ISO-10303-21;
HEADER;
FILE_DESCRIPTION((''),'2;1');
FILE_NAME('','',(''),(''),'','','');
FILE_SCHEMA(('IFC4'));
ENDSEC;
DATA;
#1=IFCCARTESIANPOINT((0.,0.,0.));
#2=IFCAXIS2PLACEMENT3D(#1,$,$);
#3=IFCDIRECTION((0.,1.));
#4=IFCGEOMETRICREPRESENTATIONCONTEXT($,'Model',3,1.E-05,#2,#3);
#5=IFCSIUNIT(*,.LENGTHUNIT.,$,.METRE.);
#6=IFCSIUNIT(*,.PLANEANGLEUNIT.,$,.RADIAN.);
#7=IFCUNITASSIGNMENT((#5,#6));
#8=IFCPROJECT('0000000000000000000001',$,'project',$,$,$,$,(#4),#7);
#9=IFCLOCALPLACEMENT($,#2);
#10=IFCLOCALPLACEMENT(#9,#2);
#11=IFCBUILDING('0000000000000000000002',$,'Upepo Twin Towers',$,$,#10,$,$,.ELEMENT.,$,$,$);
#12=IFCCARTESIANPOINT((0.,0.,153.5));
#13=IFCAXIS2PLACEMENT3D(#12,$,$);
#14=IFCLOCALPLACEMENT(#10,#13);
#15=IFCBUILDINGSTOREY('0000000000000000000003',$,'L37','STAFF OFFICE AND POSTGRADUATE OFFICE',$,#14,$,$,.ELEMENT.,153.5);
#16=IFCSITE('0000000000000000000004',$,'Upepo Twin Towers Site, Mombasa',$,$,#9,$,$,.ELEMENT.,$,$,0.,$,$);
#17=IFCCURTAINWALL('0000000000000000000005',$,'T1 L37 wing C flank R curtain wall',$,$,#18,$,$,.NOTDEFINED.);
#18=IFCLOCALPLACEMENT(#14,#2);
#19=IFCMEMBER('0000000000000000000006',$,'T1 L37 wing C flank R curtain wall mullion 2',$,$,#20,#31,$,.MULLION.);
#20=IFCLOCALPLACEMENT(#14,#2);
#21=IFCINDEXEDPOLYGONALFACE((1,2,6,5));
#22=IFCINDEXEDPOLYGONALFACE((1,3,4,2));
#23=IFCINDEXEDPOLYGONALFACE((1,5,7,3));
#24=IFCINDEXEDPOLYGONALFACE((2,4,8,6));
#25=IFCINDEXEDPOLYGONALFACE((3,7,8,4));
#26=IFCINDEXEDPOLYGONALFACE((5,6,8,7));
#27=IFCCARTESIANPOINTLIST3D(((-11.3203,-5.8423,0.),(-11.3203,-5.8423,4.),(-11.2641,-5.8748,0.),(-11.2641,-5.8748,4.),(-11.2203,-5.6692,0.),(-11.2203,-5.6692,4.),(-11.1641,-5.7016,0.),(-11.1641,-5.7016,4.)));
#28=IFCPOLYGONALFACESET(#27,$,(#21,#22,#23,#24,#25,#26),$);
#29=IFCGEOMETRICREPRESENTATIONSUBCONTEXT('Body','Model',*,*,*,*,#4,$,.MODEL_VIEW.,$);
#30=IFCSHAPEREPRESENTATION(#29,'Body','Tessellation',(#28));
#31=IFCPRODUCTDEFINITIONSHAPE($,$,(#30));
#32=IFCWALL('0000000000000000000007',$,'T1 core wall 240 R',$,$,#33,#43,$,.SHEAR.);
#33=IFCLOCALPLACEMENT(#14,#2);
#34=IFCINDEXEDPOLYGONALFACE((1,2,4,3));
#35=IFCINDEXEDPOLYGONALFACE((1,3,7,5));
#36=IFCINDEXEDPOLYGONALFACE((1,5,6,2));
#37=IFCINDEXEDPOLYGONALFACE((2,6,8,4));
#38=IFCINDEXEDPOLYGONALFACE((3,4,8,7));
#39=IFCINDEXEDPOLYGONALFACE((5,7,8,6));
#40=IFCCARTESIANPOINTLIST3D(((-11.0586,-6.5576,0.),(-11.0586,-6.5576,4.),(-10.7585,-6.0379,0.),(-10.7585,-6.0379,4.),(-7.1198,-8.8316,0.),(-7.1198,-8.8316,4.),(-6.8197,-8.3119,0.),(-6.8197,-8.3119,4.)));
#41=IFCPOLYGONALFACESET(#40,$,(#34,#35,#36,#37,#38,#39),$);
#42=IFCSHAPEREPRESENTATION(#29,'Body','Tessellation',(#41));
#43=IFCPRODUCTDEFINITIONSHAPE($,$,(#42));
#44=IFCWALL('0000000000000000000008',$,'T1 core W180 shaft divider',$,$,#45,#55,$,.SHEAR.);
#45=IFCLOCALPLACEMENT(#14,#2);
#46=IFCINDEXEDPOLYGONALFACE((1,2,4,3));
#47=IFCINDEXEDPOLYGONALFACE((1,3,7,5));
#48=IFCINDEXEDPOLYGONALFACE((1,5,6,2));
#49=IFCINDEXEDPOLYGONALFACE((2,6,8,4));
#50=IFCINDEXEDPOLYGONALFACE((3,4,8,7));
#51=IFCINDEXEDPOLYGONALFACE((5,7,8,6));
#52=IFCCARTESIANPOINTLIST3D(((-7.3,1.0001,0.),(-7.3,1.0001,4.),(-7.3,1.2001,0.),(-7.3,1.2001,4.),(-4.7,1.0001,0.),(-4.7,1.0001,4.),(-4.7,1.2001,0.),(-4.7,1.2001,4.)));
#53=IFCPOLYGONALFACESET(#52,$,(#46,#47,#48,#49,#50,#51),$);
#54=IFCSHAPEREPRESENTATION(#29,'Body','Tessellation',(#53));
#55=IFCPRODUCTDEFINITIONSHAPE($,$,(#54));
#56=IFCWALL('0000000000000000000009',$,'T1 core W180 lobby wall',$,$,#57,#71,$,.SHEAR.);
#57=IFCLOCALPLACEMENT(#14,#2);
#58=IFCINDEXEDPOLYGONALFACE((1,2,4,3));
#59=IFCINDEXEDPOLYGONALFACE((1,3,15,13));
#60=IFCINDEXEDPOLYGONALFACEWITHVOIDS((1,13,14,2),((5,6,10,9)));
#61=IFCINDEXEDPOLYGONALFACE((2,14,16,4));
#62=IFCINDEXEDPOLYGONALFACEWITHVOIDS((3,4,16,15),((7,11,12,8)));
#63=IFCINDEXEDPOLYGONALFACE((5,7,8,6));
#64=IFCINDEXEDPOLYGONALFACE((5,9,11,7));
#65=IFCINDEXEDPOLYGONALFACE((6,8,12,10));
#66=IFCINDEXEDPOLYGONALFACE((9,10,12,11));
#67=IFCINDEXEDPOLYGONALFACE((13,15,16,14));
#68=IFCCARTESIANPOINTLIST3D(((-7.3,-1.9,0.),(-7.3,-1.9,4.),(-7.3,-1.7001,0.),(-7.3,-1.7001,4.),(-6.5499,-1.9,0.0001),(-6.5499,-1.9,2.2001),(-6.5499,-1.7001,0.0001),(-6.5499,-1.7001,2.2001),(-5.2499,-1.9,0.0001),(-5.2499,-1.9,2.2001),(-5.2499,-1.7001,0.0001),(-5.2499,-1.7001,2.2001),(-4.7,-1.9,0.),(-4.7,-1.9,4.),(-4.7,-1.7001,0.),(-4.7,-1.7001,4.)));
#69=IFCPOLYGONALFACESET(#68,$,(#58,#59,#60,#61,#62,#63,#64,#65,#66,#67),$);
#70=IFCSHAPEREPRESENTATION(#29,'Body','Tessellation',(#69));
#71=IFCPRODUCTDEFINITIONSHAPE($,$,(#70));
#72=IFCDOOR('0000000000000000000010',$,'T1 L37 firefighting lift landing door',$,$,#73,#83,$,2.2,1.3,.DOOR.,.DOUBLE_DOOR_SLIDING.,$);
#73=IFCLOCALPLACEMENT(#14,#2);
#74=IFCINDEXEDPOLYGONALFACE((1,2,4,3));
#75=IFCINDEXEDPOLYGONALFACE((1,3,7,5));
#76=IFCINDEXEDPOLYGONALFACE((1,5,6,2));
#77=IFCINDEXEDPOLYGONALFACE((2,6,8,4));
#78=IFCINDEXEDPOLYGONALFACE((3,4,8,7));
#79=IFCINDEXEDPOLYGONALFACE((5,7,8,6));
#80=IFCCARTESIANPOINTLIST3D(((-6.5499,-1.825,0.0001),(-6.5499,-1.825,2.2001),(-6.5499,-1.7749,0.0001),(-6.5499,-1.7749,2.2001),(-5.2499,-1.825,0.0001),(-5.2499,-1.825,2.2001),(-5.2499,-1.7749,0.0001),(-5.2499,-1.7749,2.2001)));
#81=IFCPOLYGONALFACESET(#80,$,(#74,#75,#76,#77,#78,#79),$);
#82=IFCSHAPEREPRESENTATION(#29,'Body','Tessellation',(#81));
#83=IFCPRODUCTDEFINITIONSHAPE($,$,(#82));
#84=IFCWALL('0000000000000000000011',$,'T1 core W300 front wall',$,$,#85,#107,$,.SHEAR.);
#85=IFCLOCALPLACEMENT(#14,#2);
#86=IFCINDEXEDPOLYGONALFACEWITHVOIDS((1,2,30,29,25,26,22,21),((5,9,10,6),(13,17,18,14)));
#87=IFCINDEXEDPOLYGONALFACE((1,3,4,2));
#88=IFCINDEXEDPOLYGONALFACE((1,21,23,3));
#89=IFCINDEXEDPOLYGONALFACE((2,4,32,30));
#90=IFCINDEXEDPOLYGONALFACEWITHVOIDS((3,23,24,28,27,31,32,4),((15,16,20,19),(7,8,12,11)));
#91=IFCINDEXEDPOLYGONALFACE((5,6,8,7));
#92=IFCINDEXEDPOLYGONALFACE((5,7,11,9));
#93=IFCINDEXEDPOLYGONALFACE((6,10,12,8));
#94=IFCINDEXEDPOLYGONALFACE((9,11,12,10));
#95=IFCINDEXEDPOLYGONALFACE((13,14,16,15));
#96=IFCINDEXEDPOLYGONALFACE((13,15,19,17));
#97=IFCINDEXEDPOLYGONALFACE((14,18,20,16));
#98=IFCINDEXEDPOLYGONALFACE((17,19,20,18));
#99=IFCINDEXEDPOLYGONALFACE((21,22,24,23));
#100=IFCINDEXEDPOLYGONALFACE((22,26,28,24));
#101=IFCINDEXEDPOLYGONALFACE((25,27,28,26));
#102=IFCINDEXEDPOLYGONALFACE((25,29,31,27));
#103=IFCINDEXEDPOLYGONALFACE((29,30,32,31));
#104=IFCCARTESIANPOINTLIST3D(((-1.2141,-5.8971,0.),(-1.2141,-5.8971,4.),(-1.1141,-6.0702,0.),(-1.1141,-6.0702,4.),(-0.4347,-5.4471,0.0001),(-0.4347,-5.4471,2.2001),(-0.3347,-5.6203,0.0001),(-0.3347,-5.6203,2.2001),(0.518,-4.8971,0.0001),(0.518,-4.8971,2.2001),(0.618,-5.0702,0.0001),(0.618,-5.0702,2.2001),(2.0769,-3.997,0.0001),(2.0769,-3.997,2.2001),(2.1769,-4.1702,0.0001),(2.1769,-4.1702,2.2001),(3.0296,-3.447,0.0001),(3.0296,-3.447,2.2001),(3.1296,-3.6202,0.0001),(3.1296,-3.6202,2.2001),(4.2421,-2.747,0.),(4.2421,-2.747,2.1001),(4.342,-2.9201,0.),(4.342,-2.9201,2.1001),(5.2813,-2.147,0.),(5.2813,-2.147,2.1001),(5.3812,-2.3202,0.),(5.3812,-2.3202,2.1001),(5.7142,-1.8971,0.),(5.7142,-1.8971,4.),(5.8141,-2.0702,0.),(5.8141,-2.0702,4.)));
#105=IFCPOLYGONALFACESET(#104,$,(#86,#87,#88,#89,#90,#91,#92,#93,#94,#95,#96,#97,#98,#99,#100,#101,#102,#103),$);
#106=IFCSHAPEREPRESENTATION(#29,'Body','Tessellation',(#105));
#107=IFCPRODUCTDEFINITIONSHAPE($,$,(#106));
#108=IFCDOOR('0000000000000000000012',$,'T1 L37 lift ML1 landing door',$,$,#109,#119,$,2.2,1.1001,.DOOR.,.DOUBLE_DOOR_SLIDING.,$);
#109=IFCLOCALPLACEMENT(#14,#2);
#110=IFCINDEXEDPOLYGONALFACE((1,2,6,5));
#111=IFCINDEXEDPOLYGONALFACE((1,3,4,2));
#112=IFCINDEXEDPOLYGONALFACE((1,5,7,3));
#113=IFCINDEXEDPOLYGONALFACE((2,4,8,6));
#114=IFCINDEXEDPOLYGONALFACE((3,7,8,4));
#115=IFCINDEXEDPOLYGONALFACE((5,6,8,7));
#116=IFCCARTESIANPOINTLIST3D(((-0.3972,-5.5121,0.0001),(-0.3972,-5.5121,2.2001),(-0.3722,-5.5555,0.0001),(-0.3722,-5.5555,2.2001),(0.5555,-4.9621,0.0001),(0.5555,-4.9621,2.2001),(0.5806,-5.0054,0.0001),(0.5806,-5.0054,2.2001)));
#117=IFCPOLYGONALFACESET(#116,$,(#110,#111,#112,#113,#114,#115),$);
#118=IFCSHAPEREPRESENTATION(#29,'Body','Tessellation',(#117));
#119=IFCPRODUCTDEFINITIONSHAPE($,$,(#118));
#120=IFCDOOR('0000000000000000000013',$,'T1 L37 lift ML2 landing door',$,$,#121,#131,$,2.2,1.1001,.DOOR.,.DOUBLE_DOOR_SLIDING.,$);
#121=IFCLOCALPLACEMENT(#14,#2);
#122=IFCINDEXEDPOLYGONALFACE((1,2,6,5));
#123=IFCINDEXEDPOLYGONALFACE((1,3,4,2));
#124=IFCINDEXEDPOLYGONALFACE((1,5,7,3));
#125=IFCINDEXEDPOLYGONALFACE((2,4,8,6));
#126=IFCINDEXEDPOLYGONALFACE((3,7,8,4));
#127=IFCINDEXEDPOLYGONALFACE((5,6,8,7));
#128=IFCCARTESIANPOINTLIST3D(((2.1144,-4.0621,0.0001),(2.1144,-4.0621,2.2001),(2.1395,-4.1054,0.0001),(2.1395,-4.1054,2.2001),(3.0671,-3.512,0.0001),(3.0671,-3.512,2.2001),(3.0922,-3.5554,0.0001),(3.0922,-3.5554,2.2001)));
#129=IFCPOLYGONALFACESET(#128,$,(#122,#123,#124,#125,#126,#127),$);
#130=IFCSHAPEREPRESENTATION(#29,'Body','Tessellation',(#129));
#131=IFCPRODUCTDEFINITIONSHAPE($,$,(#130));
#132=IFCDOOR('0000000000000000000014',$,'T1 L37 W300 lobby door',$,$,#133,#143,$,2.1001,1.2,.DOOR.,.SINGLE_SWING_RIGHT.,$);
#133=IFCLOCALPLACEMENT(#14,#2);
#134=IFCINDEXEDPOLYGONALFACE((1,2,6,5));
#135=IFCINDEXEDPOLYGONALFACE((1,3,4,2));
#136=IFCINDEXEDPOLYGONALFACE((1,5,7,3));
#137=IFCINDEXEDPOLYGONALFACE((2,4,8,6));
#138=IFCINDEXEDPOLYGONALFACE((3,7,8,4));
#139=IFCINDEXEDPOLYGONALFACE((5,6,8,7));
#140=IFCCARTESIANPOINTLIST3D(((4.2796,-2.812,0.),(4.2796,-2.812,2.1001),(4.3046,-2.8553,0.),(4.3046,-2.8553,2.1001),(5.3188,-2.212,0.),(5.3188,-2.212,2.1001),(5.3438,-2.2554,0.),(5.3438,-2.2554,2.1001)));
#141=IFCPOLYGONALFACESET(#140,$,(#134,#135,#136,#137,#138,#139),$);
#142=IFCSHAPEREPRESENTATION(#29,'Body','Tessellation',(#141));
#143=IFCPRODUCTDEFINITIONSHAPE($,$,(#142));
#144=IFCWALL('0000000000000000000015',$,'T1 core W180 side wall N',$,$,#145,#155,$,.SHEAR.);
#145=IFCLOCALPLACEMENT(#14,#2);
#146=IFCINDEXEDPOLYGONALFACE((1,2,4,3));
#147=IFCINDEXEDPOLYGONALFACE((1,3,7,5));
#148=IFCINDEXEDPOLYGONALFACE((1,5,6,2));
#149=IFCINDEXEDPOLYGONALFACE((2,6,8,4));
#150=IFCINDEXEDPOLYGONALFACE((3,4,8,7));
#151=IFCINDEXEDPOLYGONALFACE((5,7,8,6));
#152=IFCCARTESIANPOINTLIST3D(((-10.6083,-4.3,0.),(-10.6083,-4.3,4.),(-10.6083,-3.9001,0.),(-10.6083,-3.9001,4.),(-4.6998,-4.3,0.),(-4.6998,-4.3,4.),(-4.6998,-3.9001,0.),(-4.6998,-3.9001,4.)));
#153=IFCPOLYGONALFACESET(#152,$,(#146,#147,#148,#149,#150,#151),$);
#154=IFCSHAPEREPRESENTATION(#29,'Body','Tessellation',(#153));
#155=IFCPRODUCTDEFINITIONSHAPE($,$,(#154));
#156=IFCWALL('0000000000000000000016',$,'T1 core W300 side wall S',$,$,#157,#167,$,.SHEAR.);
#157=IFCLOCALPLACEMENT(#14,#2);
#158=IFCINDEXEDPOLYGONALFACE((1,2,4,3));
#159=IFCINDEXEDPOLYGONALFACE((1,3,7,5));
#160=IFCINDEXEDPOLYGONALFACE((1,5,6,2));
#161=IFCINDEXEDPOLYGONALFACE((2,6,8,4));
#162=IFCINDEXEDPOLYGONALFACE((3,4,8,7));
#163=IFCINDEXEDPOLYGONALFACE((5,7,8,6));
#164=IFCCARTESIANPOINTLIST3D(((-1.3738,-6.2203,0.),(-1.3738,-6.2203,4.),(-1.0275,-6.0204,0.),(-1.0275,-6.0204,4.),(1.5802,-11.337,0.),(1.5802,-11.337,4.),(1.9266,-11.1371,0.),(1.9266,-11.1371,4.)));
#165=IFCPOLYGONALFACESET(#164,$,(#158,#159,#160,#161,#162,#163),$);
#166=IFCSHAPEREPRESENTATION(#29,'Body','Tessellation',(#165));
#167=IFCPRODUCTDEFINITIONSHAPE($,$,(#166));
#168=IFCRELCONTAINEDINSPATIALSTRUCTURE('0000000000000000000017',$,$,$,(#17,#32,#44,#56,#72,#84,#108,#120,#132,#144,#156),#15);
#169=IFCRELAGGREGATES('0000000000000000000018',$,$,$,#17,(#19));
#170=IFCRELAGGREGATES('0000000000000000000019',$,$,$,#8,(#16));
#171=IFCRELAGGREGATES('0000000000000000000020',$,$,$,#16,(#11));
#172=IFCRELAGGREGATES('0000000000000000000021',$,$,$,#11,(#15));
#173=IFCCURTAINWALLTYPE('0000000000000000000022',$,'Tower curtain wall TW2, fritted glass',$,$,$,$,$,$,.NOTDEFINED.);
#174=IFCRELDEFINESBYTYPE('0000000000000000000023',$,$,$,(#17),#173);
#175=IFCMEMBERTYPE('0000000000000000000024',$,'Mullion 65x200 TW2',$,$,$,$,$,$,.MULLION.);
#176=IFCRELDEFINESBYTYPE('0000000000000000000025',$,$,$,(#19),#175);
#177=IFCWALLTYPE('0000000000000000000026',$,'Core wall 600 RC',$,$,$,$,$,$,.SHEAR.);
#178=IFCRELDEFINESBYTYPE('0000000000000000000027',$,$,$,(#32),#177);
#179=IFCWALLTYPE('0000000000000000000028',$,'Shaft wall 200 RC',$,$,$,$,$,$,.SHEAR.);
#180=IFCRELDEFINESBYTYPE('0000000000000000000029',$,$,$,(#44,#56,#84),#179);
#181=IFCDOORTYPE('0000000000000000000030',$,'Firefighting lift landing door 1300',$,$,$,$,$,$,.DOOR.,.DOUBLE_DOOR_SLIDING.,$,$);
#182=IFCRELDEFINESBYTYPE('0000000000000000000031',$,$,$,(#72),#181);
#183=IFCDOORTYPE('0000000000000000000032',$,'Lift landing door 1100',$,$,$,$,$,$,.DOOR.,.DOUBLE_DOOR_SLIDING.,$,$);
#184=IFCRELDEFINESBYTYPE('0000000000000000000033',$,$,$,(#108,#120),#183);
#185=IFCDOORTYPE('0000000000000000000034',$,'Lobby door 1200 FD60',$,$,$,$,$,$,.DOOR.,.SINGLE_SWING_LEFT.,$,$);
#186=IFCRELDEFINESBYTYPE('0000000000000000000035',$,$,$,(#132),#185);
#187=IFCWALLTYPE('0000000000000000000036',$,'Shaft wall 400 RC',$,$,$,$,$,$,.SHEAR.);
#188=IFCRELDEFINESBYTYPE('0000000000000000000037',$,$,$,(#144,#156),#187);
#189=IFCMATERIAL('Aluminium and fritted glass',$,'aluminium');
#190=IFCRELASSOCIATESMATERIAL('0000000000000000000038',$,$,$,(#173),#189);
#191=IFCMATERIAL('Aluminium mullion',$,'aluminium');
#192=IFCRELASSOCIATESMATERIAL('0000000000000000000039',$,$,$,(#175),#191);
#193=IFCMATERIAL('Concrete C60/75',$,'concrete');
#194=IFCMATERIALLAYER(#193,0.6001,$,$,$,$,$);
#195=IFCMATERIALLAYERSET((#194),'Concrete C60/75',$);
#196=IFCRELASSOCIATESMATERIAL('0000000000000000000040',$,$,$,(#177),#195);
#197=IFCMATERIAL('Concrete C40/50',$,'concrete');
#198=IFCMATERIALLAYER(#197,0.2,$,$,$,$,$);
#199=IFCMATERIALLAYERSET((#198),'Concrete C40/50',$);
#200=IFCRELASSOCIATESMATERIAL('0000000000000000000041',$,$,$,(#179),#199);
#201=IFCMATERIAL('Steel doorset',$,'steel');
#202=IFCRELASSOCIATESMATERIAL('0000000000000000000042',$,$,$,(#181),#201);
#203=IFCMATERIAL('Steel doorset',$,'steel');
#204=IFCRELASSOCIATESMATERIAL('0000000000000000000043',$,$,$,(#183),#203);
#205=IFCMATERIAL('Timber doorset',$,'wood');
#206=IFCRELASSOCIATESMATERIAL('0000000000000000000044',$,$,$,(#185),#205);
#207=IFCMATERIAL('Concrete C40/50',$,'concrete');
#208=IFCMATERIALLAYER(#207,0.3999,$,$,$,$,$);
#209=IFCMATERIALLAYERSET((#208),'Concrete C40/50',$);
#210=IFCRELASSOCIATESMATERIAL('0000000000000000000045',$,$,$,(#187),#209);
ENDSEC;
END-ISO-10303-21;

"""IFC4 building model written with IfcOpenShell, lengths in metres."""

from ifc_helpers import new_model, si_unit, direction, frame, frame_2d, origin, origin_2d, place, context, subcontext, project, spatial, rectangle, extrude, material, layer, layer_set, material_profile, profile_set, type_object, element, fill, aggregate, save


model = new_model("IFC4")

# Units and contexts
model_context = context("Model", 3, precision=1e-05, world=origin(), true_north=direction((0.0, 1.0)))
body_context = subcontext(model_context, "Body", "Model", "MODEL_VIEW")
ifc_project = project(units=[si_unit("LENGTHUNIT", "METRE"), si_unit("PLANEANGLEUNIT", "RADIAN")], contexts=[model_context])

# Site, building, storey
site_placement = place(None, origin())
site = spatial("IfcSite", under=ifc_project, at=site_placement, Name="Upepo Twin Towers Site, Mombasa", CompositionType="ELEMENT", RefElevation=0.0)
building_placement = place(site_placement, origin())
building = spatial("IfcBuilding", under=site, at=building_placement, Name="Upepo Twin Towers", CompositionType="ELEMENT")
storey_placement = place(building_placement, frame((0.0, 0.0, 153.5)))
storey = spatial("IfcBuildingStorey", under=building, at=storey_placement, Name="L37", Description="STAFF OFFICE AND POSTGRADUATE OFFICE", CompositionType="ELEMENT", Elevation=153.5)

# Curtain wall, member
ifc_material_1 = material(Name="Aluminium and fritted glass", Category="aluminium")
curtain_wall_type = type_object("IfcCurtainWallType", Name="Tower curtain wall TW2, fritted glass", PredefinedType="NOTDEFINED", material=ifc_material_1)
curtain_wall_placement = place(storey_placement, origin())
curtain_wall = element("IfcCurtainWall", 1, at=curtain_wall_placement, inside=storey, type_object=curtain_wall_type, Name="T1 L37 wing C flank R curtain wall", PredefinedType="NOTDEFINED")
ifc_material_2 = material(Name="Aluminium mullion", Category="aluminium")
ifc_material_profile = material_profile(ifc_material_2, rectangle(XDim=0.0649, YDim=0.2, at=origin_2d()), Name="MULLION 65x200")
ifc_profile_set = profile_set([ifc_material_profile], Name="Aluminium mullion")
member_type = type_object("IfcMemberType", Name="Mullion 65x200 TW2", PredefinedType="MULLION", material=ifc_profile_set)
member_placement = place(storey_placement, frame((-11.2422, -5.772, 0.0), z_axis=(0.0, 0.0, 1.0), x_axis=(-0.866025, 0.5, 0.0)))
member = element("IfcMember", 2, at=member_placement, type_object=member_type, Name="T1 L37 wing C flank R curtain wall mullion 2", PredefinedType="MULLION", context=body_context, shape_type="SweptSolid", body=[
    extrude(rectangle(XDim=0.0649, YDim=0.2, at=origin_2d()), origin(), (0.0, 0.0, 1.0), 4.0),
])
aggregate(curtain_wall, [member])

# Walls
ifc_material_3 = material(Name="Concrete C60/75", Category="concrete")
ifc_layer_1 = layer(ifc_material_3, 0.6001)
ifc_layer_set_1 = layer_set([ifc_layer_1], Name="Concrete C60/75")
wall_type_1 = type_object("IfcWallType", Name="Core wall 600 RC", PredefinedType="SHEAR", material=ifc_layer_set_1)
wall_1_placement = place(storey_placement, frame((-10.9084, -6.2979, 0.0), z_axis=(0.0, 0.0, 1.0), x_axis=(0.866035, -0.499984, 0.0)))
element("IfcWall", 3, at=wall_1_placement, inside=storey, type_object=wall_type_1, Name="T1 core wall 240 R", PredefinedType="SHEAR", context=body_context, shape_type="SweptSolid", body=[
    extrude(rectangle(XDim=4.5481, YDim=0.6001, at=frame_2d((2.2739, 0.0))), origin(), (0.0, 0.0, 1.0), 4.0),
])
ifc_material_4 = material(Name="Concrete C40/50", Category="concrete")
ifc_layer_2 = layer(ifc_material_4, 0.2)
ifc_layer_set_2 = layer_set([ifc_layer_2], Name="Concrete C40/50")
wall_type_2 = type_object("IfcWallType", Name="Shaft wall 200 RC", PredefinedType="SHEAR", material=ifc_layer_set_2)
wall_2_placement = place(storey_placement, frame((-4.7, 1.1001, 0.0), z_axis=(0.0, 0.0, 1.0), x_axis=(-1.0, 0.0, 0.0)))
element("IfcWall", 4, at=wall_2_placement, inside=storey, type_object=wall_type_2, Name="T1 core W180 shaft divider", PredefinedType="SHEAR", context=body_context, shape_type="SweptSolid", body=[
    extrude(rectangle(XDim=2.6001, YDim=0.2, at=frame_2d((1.3, 0.0))), origin(), (0.0, 0.0, 1.0), 4.0),
])

# Wall, opening, door
wall_3_placement = place(storey_placement, frame((-4.7, -1.8, 0.0), z_axis=(0.0, 0.0, 1.0), x_axis=(-1.0, 0.0, 0.0)))
wall_3 = element("IfcWall", 5, at=wall_3_placement, inside=storey, type_object=wall_type_2, Name="T1 core W180 lobby wall", PredefinedType="SHEAR", context=body_context, shape_type="SweptSolid", body=[
    extrude(rectangle(XDim=2.6001, YDim=0.2, at=frame_2d((1.3, 0.0))), origin(), (0.0, 0.0, 1.0), 4.0),
])
opening_1_placement = place(wall_3_placement, frame((0.55, 0.0, 0.0)))
opening_1 = element("IfcOpeningElement", 6, at=opening_1_placement, cuts=wall_3, PredefinedType="OPENING", context=body_context, shape_type="SweptSolid", body=[
    extrude(rectangle(XDim=1.3, YDim=2.2, at=frame_2d((0.6499, 1.1001))), frame((0.0, 0.1099, 0.0), z_axis=(0.0, -1.0, 0.0), x_axis=(1.0, 0.0, 0.0)), (0.0, 0.0, 1.0), 0.22),
])
ifc_material_5 = material(Name="Steel doorset", Category="steel")
door_type_1 = type_object("IfcDoorType", Name="Firefighting lift landing door 1300", OperationType="DOUBLE_DOOR_SLIDING", PredefinedType="DOOR", material=ifc_material_5)
door_1_placement = place(opening_1_placement, origin())
door_1 = element("IfcDoor", 7, at=door_1_placement, inside=storey, type_object=door_type_1, Name="T1 L37 firefighting lift landing door", OperationType="DOUBLE_DOOR_SLIDING", OverallHeight=2.2, OverallWidth=1.3, PredefinedType="DOOR", context=body_context, shape_type="SweptSolid", body=[
    extrude(rectangle(XDim=1.3, YDim=2.2, at=frame_2d((0.6499, 1.1001))), frame((0.0, 0.0249, 0.0), z_axis=(0.0, -1.0, 0.0), x_axis=(1.0, 0.0, 0.0)), (0.0, 0.0, 1.0), 0.05),
])
fill(opening_1, door_1)

# Wall, openings, doors
wall_4_placement = place(storey_placement, frame((-1.1641, -5.9836, 0.0), z_axis=(0.0, 0.0, 1.0), x_axis=(0.866026, 0.499999, 0.0)))
wall_4 = element("IfcWall", 8, at=wall_4_placement, inside=storey, type_object=wall_type_2, Name="T1 core W300 front wall", PredefinedType="SHEAR", context=body_context, shape_type="SweptSolid", body=[
    extrude(rectangle(XDim=8.0, YDim=0.2, at=frame_2d((4.0, 0.0))), origin(), (0.0, 0.0, 1.0), 4.0),
])
opening_2_placement = place(wall_4_placement, frame((6.3, 0.0, 0.0)))
opening_2 = element("IfcOpeningElement", 9, at=opening_2_placement, cuts=wall_4, PredefinedType="OPENING", context=body_context, shape_type="SweptSolid", body=[
    extrude(rectangle(XDim=1.2, YDim=2.1001, at=frame_2d((0.6001, 1.05))), frame((0.0, 0.1099, 0.0), z_axis=(0.0, -1.0, 0.0), x_axis=(1.0, 0.0, 0.0)), (0.0, 0.0, 1.0), 0.22),
])
opening_3_placement = place(wall_4_placement, frame((0.8999, 0.0, 0.0)))
opening_3 = element("IfcOpeningElement", 10, at=opening_3_placement, cuts=wall_4, PredefinedType="OPENING", context=body_context, shape_type="SweptSolid", body=[
    extrude(rectangle(XDim=1.1001, YDim=2.2, at=frame_2d((0.55, 1.1001))), frame((0.0, 0.1099, 0.0), z_axis=(0.0, -1.0, 0.0), x_axis=(1.0, 0.0, 0.0)), (0.0, 0.0, 1.0), 0.22),
])
opening_4_placement = place(wall_4_placement, frame((3.8, 0.0, 0.0)))
opening_4 = element("IfcOpeningElement", 11, at=opening_4_placement, cuts=wall_4, PredefinedType="OPENING", context=body_context, shape_type="SweptSolid", body=[
    extrude(rectangle(XDim=1.1001, YDim=2.2, at=frame_2d((0.55, 1.1001))), frame((0.0, 0.1099, 0.0), z_axis=(0.0, -1.0, 0.0), x_axis=(1.0, 0.0, 0.0)), (0.0, 0.0, 1.0), 0.22),
])
ifc_material_6 = material(Name="Steel doorset", Category="steel")
door_type_2 = type_object("IfcDoorType", Name="Lift landing door 1100", OperationType="DOUBLE_DOOR_SLIDING", PredefinedType="DOOR", material=ifc_material_6)
door_2_placement = place(opening_3_placement, origin())
door_2 = element("IfcDoor", 12, at=door_2_placement, inside=storey, type_object=door_type_2, Name="T1 L37 lift ML1 landing door", OperationType="DOUBLE_DOOR_SLIDING", OverallHeight=2.2, OverallWidth=1.1001, PredefinedType="DOOR", context=body_context, shape_type="SweptSolid", body=[
    extrude(rectangle(XDim=1.1001, YDim=2.2, at=frame_2d((0.55, 1.1001))), frame((0.0, 0.0249, 0.0), z_axis=(0.0, -1.0, 0.0), x_axis=(1.0, 0.0, 0.0)), (0.0, 0.0, 1.0), 0.05),
])
fill(opening_3, door_2)
door_3_placement = place(opening_4_placement, origin())
door_3 = element("IfcDoor", 13, at=door_3_placement, inside=storey, type_object=door_type_2, Name="T1 L37 lift ML2 landing door", OperationType="DOUBLE_DOOR_SLIDING", OverallHeight=2.2, OverallWidth=1.1001, PredefinedType="DOOR", context=body_context, shape_type="SweptSolid", body=[
    extrude(rectangle(XDim=1.1001, YDim=2.2, at=frame_2d((0.55, 1.1001))), frame((0.0, 0.0249, 0.0), z_axis=(0.0, -1.0, 0.0), x_axis=(1.0, 0.0, 0.0)), (0.0, 0.0, 1.0), 0.05),
])
fill(opening_4, door_3)
ifc_material_7 = material(Name="Timber doorset", Category="wood")
door_type_3 = type_object("IfcDoorType", Name="Lobby door 1200 FD60", OperationType="SINGLE_SWING_LEFT", PredefinedType="DOOR", material=ifc_material_7)
door_4_placement = place(opening_2_placement, origin())
door_4 = element("IfcDoor", 14, at=door_4_placement, inside=storey, type_object=door_type_3, Name="T1 L37 W300 lobby door", OperationType="SINGLE_SWING_RIGHT", OverallHeight=2.1001, OverallWidth=1.2, PredefinedType="DOOR", context=body_context, shape_type="SweptSolid", body=[
    extrude(rectangle(XDim=1.2, YDim=2.1001, at=frame_2d((0.6001, 1.05))), frame((0.0, 0.0249, 0.0), z_axis=(0.0, -1.0, 0.0), x_axis=(1.0, 0.0, 0.0)), (0.0, 0.0, 1.0), 0.05),
])
fill(opening_2, door_4)

# Walls
ifc_material_8 = material(Name="Concrete C40/50", Category="concrete")
ifc_layer_3 = layer(ifc_material_8, 0.3999)
ifc_layer_set_3 = layer_set([ifc_layer_3], Name="Concrete C40/50")
wall_type_3 = type_object("IfcWallType", Name="Shaft wall 400 RC", PredefinedType="SHEAR", material=ifc_layer_set_3)
wall_5_placement = place(storey_placement, frame((-4.7, -4.1001, 0.0), z_axis=(0.0, 0.0, 1.0), x_axis=(-1.0, 0.0, 0.0)))
element("IfcWall", 15, at=wall_5_placement, inside=storey, type_object=wall_type_3, Name="T1 core W180 side wall N", PredefinedType="SHEAR", context=body_context, shape_type="SweptSolid", body=[
    extrude(rectangle(XDim=5.9084, YDim=0.3999, at=frame_2d((2.9541, 0.0))), origin(), (0.0, 0.0, 1.0), 4.0),
])
wall_6_placement = place(storey_placement, frame((-1.2007, -6.1204, 0.0), z_axis=(0.0, 0.0, 1.0), x_axis=(0.499997, -0.866027, 0.0)))
element("IfcWall", 16, at=wall_6_placement, inside=storey, type_object=wall_type_3, Name="T1 core W300 side wall S", PredefinedType="SHEAR", context=body_context, shape_type="SweptSolid", body=[
    extrude(rectangle(XDim=5.9082, YDim=0.3999, at=frame_2d((2.9541, 0.0))), origin(), (0.0, 0.0, 1.0), 4.0),
])

save(model, "model.ifc")
